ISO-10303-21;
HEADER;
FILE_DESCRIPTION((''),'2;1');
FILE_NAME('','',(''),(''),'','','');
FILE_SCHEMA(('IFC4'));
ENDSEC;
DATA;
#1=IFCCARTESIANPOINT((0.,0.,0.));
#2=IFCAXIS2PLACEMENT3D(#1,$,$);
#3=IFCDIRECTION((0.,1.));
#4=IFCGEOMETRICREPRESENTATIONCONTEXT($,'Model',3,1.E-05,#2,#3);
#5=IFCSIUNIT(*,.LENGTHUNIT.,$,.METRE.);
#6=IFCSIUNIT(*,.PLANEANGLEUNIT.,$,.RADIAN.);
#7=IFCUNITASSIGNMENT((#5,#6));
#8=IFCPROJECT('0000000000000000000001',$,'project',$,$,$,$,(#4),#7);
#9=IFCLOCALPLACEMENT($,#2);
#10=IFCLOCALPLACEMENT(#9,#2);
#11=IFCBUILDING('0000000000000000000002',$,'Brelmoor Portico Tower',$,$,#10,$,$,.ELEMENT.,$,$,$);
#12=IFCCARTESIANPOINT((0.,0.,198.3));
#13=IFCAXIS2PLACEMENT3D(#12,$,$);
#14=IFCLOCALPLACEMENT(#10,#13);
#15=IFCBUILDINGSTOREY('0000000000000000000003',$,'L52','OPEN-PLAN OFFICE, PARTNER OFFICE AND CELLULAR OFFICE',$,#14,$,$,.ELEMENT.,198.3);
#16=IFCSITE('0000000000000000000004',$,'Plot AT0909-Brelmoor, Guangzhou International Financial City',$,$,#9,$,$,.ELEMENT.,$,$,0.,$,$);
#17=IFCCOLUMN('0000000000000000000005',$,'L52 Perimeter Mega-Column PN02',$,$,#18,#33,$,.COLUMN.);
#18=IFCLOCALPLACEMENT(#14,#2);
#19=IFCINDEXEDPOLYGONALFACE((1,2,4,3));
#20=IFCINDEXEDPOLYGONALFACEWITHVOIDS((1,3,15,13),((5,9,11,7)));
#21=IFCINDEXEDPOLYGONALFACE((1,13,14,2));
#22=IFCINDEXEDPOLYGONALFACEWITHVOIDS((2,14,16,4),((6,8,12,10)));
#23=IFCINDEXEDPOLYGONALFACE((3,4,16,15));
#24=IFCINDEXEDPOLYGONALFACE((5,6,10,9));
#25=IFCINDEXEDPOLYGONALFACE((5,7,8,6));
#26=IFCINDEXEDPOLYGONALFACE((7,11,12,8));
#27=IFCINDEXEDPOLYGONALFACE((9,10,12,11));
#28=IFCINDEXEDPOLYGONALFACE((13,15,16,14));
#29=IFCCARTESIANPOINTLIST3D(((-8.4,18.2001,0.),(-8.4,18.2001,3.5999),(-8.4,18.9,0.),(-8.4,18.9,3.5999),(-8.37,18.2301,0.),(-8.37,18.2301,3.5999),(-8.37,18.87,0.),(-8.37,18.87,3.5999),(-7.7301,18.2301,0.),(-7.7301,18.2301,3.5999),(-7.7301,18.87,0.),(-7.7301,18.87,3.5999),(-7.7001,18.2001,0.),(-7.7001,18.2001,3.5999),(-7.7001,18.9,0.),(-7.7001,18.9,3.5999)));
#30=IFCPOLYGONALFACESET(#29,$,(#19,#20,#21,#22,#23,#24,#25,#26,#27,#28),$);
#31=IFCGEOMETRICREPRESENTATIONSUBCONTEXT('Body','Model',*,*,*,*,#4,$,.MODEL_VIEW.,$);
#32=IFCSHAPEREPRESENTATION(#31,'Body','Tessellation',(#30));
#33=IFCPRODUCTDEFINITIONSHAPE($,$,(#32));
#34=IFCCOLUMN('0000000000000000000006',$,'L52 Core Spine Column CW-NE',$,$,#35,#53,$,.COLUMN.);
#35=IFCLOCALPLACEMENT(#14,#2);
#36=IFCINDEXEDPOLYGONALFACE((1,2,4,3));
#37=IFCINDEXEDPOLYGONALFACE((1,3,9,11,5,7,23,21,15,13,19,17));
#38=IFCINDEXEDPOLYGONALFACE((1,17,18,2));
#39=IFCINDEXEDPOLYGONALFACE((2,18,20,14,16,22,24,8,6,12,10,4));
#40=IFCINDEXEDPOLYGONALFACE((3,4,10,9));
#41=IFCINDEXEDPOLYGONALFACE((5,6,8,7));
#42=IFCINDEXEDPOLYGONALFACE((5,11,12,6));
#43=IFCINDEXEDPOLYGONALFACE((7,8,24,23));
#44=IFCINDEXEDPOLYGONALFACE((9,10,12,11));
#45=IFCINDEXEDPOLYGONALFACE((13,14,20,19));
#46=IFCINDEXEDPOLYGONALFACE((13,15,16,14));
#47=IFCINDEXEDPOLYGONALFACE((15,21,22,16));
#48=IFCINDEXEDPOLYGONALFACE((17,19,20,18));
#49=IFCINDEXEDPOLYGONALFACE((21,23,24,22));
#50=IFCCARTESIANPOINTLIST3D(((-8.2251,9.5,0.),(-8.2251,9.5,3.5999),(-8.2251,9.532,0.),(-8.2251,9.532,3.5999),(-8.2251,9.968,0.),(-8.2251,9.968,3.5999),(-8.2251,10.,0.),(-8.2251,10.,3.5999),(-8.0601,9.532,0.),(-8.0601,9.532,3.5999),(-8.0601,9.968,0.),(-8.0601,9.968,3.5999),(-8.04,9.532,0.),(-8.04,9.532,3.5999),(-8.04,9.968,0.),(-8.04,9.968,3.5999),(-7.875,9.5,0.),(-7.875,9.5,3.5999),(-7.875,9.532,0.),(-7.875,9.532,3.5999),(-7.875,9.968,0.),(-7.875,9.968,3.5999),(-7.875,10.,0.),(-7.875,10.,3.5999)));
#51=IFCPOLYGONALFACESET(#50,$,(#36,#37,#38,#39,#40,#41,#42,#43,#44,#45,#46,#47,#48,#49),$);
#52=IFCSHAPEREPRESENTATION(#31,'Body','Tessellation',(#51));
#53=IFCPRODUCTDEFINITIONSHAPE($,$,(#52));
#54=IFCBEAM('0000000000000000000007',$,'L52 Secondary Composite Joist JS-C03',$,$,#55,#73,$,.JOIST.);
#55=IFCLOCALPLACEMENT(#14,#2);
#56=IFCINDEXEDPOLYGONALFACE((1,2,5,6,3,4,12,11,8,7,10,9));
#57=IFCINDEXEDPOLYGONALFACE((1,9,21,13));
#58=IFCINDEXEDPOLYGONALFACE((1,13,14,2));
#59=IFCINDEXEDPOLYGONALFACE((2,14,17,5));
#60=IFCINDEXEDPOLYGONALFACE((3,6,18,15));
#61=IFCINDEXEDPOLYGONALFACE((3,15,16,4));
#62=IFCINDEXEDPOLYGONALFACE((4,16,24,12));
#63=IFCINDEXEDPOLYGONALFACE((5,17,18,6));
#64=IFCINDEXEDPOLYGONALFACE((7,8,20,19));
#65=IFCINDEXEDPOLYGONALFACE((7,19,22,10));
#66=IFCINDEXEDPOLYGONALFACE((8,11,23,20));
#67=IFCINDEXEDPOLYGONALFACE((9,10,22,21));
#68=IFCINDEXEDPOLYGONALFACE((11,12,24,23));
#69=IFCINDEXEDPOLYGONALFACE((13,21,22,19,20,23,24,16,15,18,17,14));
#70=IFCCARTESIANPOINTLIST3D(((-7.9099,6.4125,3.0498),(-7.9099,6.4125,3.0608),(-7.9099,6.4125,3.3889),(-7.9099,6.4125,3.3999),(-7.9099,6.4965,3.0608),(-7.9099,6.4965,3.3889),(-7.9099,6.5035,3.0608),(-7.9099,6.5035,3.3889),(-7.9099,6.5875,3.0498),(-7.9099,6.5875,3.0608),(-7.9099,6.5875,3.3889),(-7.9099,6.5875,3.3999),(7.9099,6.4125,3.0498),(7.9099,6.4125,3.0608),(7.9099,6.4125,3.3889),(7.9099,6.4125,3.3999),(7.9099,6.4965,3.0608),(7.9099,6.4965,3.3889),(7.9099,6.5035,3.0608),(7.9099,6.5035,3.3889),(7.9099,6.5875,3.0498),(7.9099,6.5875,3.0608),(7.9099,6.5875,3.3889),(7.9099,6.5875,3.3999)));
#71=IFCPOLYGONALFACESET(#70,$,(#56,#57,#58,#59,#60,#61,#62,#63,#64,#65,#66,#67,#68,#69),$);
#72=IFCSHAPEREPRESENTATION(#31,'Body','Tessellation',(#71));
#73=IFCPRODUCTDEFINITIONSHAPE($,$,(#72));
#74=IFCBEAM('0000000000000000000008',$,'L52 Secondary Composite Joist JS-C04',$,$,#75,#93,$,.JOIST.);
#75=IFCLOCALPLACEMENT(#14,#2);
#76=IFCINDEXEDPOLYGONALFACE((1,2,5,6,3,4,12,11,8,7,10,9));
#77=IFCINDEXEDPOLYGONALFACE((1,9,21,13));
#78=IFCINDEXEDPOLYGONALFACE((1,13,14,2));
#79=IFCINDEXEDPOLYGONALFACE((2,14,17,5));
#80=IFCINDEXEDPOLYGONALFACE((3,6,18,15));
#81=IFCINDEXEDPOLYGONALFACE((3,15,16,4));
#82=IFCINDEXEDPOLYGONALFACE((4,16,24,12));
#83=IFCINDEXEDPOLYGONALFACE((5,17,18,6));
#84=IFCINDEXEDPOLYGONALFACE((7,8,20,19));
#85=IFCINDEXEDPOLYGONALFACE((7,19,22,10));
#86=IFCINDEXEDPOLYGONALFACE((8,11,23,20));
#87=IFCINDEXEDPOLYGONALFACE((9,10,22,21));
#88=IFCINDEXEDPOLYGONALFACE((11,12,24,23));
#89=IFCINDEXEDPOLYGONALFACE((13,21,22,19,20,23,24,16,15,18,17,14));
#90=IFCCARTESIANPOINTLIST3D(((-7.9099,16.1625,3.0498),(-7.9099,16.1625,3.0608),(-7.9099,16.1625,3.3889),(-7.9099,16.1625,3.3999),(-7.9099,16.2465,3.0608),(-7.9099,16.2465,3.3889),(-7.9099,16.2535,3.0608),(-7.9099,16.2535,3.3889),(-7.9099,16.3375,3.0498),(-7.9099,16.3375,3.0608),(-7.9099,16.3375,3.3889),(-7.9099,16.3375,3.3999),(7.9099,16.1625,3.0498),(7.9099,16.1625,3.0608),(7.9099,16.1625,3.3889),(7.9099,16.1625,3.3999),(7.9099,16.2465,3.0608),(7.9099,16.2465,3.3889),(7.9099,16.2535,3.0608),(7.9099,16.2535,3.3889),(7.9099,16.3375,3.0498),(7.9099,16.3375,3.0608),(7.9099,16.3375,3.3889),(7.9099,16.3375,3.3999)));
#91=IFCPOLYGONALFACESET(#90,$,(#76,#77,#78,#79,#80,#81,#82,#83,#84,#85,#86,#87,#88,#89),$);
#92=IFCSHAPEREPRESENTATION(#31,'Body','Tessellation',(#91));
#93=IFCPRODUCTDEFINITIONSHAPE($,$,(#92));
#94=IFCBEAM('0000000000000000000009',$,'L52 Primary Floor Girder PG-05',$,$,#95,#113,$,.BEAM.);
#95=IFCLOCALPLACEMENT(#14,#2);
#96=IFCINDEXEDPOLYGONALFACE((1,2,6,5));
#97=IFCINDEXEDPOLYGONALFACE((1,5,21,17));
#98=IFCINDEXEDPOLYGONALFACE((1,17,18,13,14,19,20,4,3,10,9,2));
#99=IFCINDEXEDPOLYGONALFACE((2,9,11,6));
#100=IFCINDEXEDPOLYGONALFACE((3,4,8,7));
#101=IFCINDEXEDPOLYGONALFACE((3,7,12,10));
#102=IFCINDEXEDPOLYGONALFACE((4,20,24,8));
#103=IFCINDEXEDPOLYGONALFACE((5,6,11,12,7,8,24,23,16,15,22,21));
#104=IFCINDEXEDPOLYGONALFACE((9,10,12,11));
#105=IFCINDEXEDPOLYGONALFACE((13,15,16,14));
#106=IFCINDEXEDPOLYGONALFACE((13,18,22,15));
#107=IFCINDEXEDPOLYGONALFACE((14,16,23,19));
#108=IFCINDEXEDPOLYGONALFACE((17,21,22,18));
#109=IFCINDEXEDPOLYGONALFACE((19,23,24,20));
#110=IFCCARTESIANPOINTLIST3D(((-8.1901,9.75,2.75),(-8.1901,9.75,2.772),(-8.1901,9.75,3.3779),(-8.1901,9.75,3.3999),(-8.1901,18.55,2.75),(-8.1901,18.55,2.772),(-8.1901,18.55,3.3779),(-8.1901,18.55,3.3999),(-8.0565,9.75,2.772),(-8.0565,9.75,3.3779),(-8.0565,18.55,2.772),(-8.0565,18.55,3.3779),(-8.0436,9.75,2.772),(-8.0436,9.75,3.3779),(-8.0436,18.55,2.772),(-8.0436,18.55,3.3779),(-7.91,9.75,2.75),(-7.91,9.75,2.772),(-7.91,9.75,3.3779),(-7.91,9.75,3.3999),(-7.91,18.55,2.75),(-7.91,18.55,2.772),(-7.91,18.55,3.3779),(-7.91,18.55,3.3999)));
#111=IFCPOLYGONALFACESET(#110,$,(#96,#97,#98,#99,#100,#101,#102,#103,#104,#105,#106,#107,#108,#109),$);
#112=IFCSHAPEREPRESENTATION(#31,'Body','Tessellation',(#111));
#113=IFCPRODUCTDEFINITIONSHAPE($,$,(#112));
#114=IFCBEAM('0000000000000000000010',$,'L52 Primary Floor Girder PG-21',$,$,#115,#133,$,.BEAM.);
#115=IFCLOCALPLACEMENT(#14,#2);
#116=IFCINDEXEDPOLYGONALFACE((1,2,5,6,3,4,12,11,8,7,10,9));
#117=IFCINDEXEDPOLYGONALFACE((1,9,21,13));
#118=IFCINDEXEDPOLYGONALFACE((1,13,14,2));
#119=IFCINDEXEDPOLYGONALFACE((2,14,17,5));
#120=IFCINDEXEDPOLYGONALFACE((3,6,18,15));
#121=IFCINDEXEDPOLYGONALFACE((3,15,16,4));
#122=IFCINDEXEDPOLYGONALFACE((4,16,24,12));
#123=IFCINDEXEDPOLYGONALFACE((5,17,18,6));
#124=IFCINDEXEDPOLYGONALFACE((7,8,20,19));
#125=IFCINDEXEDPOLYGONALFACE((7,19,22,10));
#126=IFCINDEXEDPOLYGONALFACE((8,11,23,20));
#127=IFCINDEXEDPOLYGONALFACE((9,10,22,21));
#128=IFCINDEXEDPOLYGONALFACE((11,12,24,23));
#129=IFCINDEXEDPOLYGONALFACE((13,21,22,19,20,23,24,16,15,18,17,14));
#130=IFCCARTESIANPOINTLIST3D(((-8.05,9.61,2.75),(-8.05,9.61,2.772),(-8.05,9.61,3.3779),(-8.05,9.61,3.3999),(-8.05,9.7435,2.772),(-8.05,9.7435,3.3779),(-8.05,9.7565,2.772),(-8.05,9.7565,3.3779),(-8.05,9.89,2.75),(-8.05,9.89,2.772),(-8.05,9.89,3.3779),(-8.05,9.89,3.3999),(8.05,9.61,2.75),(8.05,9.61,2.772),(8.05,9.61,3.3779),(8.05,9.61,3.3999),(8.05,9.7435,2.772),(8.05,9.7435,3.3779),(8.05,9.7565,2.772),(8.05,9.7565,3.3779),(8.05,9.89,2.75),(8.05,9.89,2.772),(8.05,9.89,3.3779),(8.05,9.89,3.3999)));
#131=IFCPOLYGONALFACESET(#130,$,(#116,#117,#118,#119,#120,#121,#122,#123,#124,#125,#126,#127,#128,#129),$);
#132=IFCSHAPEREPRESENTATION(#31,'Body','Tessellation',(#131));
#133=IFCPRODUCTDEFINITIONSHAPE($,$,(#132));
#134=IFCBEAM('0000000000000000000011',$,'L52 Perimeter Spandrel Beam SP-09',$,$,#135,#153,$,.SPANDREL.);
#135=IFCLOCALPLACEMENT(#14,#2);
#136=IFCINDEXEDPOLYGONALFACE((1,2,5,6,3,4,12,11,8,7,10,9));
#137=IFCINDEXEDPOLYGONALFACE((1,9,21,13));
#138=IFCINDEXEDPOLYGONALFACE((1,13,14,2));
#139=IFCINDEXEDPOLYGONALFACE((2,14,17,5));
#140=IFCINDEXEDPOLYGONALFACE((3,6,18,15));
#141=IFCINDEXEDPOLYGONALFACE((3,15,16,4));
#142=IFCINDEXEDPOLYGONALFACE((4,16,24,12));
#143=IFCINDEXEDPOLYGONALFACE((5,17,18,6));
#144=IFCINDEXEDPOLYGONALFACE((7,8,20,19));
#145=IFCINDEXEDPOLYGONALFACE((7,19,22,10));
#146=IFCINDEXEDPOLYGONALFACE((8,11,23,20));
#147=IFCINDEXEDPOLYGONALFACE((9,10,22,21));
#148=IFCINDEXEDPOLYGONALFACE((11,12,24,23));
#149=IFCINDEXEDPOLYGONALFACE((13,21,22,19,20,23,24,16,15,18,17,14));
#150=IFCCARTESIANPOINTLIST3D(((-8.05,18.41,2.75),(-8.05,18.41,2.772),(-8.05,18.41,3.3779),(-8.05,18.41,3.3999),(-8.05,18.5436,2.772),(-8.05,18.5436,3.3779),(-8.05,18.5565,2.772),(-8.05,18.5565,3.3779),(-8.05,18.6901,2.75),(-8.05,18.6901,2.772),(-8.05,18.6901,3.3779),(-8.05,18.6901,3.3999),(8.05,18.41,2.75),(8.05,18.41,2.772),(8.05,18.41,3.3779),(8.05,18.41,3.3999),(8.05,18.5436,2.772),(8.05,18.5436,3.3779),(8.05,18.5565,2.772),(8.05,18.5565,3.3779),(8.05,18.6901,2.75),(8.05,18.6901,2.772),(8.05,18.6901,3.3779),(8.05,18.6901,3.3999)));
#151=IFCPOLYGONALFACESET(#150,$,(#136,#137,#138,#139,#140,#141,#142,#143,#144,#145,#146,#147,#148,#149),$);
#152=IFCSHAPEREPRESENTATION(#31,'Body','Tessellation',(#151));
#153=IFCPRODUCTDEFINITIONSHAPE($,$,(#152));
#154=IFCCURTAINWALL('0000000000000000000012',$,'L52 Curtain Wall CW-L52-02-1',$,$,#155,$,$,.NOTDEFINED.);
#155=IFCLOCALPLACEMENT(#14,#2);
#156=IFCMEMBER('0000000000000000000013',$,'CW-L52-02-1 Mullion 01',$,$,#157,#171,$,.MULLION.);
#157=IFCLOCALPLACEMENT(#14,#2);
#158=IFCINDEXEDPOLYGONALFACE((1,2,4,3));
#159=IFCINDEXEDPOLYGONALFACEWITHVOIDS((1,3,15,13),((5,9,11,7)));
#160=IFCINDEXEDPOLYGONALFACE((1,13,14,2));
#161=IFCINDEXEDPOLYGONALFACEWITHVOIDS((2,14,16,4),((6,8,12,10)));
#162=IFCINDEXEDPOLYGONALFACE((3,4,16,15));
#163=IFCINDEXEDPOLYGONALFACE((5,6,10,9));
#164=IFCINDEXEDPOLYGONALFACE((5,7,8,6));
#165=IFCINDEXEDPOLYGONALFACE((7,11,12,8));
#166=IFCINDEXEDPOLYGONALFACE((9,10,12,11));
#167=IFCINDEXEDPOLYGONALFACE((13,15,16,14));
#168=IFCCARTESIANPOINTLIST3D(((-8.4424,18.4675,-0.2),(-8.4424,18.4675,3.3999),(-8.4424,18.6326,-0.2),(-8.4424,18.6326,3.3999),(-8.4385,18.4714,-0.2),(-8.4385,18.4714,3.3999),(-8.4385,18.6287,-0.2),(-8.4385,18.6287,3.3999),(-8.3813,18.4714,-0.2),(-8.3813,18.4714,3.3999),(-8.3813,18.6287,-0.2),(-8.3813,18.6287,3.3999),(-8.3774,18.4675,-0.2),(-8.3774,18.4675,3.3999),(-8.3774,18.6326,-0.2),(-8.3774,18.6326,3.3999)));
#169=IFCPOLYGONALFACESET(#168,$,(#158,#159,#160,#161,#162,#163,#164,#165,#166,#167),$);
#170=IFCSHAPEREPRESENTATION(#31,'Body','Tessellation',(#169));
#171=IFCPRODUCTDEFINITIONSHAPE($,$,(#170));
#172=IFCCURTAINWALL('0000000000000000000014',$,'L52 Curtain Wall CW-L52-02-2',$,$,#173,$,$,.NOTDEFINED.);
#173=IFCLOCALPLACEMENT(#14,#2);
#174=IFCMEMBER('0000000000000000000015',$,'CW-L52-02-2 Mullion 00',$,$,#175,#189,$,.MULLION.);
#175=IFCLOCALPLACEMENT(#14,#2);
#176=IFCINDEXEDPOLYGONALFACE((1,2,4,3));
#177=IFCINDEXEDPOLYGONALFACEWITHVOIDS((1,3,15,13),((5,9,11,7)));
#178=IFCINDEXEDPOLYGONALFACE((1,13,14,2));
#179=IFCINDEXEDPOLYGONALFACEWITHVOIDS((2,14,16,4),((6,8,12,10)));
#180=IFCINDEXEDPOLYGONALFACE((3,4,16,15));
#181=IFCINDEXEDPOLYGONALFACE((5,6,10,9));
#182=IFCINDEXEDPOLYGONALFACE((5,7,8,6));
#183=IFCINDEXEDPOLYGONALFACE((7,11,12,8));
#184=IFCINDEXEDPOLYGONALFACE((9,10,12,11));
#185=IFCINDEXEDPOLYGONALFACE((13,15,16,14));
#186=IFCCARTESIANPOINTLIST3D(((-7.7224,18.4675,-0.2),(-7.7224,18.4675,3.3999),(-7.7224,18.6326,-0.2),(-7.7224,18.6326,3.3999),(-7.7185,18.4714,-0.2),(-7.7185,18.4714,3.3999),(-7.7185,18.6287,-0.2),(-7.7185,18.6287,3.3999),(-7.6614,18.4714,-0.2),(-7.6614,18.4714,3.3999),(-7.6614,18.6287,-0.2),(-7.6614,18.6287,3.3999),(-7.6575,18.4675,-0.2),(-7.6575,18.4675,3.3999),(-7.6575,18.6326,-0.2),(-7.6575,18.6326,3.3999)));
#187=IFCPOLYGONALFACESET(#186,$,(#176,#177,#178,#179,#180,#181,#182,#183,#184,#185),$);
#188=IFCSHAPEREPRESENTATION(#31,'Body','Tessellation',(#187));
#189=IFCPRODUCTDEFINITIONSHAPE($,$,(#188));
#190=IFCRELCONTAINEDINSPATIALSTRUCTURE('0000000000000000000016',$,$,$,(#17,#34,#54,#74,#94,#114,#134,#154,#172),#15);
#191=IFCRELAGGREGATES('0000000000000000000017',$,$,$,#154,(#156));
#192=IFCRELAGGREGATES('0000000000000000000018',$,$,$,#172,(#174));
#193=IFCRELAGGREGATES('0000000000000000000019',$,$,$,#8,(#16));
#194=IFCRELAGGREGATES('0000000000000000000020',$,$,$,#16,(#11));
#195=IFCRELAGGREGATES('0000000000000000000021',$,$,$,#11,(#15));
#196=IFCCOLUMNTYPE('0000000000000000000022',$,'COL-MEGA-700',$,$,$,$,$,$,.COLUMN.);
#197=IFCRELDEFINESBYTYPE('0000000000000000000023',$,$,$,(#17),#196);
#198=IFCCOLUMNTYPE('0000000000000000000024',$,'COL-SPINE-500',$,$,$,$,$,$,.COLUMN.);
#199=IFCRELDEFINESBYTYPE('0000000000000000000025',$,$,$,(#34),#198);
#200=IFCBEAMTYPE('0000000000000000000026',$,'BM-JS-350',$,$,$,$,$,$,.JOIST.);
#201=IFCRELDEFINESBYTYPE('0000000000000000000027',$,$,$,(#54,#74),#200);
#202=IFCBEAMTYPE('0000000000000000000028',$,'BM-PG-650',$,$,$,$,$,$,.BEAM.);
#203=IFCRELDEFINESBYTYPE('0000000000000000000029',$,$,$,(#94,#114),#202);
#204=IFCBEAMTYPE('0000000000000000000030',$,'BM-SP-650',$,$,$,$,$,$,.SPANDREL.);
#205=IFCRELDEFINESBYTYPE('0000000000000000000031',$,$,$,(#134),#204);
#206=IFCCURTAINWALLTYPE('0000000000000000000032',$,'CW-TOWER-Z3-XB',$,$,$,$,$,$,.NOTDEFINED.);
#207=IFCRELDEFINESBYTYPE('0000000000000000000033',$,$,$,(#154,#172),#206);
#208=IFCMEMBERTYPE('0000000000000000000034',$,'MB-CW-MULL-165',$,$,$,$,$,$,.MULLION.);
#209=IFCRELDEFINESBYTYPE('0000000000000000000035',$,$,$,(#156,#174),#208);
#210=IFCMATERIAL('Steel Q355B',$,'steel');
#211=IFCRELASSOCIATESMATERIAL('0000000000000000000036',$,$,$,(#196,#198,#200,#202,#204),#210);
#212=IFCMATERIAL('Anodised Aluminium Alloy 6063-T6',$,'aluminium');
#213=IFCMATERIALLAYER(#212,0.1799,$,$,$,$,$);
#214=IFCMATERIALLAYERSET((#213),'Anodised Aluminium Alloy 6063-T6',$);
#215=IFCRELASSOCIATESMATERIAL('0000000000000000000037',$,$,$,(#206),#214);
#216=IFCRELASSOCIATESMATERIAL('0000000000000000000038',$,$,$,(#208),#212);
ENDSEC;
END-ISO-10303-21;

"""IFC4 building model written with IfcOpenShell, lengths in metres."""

from ifc_helpers import new_model, si_unit, direction, frame, origin, origin_2d, place, context, subcontext, project, spatial, hollow_rectangle, i_section, extrude, material, layer, layer_set, material_profile, profile_set, type_object, element, aggregate, save


model = new_model("IFC4")

# Units and contexts
model_context = context("Model", 3, precision=1e-05, world=origin(), true_north=direction((0.0, 1.0)))
body_context = subcontext(model_context, "Body", "Model", "MODEL_VIEW")
ifc_project = project(units=[si_unit("LENGTHUNIT", "METRE"), si_unit("PLANEANGLEUNIT", "RADIAN")], contexts=[model_context])

# Site, building, storey
site_placement = place(None, origin())
site = spatial("IfcSite", under=ifc_project, at=site_placement, Name="Plot AT0909-Brelmoor, Guangzhou International Financial City", CompositionType="ELEMENT", RefElevation=0.0)
building_placement = place(site_placement, origin())
building = spatial("IfcBuilding", under=site, at=building_placement, Name="Brelmoor Portico Tower", CompositionType="ELEMENT")
storey_placement = place(building_placement, frame((0.0, 0.0, 198.3)))
storey = spatial("IfcBuildingStorey", under=building, at=storey_placement, Name="L52", Description="OPEN-PLAN OFFICE, PARTNER OFFICE AND CELLULAR OFFICE", CompositionType="ELEMENT", Elevation=198.3)

# Columns
ifc_material_1 = material(Name="Steel Q355B", Category="steel")
ifc_material_profile_1 = material_profile(ifc_material_1, hollow_rectangle(XDim=0.7, YDim=0.7, WallThickness=0.03, at=origin_2d()), Name="BOX 700x700x30")
ifc_profile_set_1 = profile_set([ifc_material_profile_1], Name="Steel Q355B")
column_type_1 = type_object("IfcColumnType", Name="COL-MEGA-700", PredefinedType="COLUMN", material=ifc_profile_set_1)
column_1_placement = place(storey_placement, frame((-8.05, 18.55, 0.0), z_axis=(0.0, 0.0, 1.0), x_axis=(1.0, 0.0, 0.0)))
element("IfcColumn", 1, at=column_1_placement, inside=storey, type_object=column_type_1, Name="L52 Perimeter Mega-Column PN02", PredefinedType="COLUMN", context=body_context, shape_type="SweptSolid", body=[
    extrude(hollow_rectangle(XDim=0.7, YDim=0.7, WallThickness=0.03, at=origin_2d()), origin(), (0.0, 0.0, 1.0), 3.5999),
])
ifc_material_profile_2 = material_profile(ifc_material_1, i_section(OverallWidth=0.3501, OverallDepth=0.5, WebThickness=0.02, FlangeThickness=0.032, at=origin_2d()), Name="HW 500x350x20x32")
ifc_profile_set_2 = profile_set([ifc_material_profile_2], Name="Steel Q355B")
column_type_2 = type_object("IfcColumnType", Name="COL-SPINE-500", PredefinedType="COLUMN", material=ifc_profile_set_2)
column_2_placement = place(storey_placement, frame((-8.05, 9.75, 0.0), z_axis=(0.0, 0.0, 1.0), x_axis=(1.0, 0.0, 0.0)))
element("IfcColumn", 2, at=column_2_placement, inside=storey, type_object=column_type_2, Name="L52 Core Spine Column CW-NE", PredefinedType="COLUMN", context=body_context, shape_type="SweptSolid", body=[
    extrude(i_section(OverallWidth=0.3501, OverallDepth=0.5, WebThickness=0.02, FlangeThickness=0.032, at=origin_2d()), origin(), (0.0, 0.0, 1.0), 3.5999),
])

# Beams
ifc_material_profile_3 = material_profile(ifc_material_1, i_section(OverallWidth=0.175, OverallDepth=0.3501, WebThickness=0.0071, FlangeThickness=0.011, at=origin_2d()), Name="HN 350x175x7x11")
ifc_profile_set_3 = profile_set([ifc_material_profile_3], Name="Steel Q355B")
beam_type_1 = type_object("IfcBeamType", Name="BM-JS-350", PredefinedType="JOIST", material=ifc_profile_set_3)
for number, where, z_axis, x_axis, name in (
    (3, (-7.9099, 6.5, 3.2249), (1.0, 0.0, 0.0), (0.0, 1.0, 0.0), "L52 Secondary Composite Joist JS-C03"),
    (4, (-7.9099, 16.25, 3.2249), (1.0, 0.0, 0.0), (0.0, 1.0, 0.0), "L52 Secondary Composite Joist JS-C04"),
):
    element("IfcBeam", number, at=place(storey_placement, frame(where, z_axis=z_axis, x_axis=x_axis)), inside=storey, type_object=beam_type_1, Name=name, PredefinedType="JOIST", context=body_context, shape_type="SweptSolid", body=[
        extrude(i_section(OverallWidth=0.175, OverallDepth=0.3501, WebThickness=0.0071, FlangeThickness=0.011, at=origin_2d()), origin(), (0.0, 0.0, 1.0), 15.8198),
    ])
ifc_material_profile_4 = material_profile(ifc_material_1, i_section(OverallWidth=0.28, OverallDepth=0.6499, WebThickness=0.0129, FlangeThickness=0.022, at=origin_2d()), Name="HN 650x280x13x22")
ifc_profile_set_4 = profile_set([ifc_material_profile_4], Name="Steel Q355B")
beam_type_2 = type_object("IfcBeamType", Name="BM-PG-650", PredefinedType="BEAM", material=ifc_profile_set_4)
beam_1_placement = place(storey_placement, frame((-8.05, 9.75, 3.075), z_axis=(0.0, 1.0, 0.0), x_axis=(-1.0, 0.0, 0.0)))
element("IfcBeam", 5, at=beam_1_placement, inside=storey, type_object=beam_type_2, Name="L52 Primary Floor Girder PG-05", PredefinedType="BEAM", context=body_context, shape_type="SweptSolid", body=[
    extrude(i_section(OverallWidth=0.28, OverallDepth=0.6499, WebThickness=0.0129, FlangeThickness=0.022, at=origin_2d()), origin(), (0.0, 0.0, 1.0), 8.8),
])
beam_2_placement = place(storey_placement, frame((-8.05, 9.75, 3.075), z_axis=(1.0, 0.0, 0.0), x_axis=(0.0, 1.0, 0.0)))
element("IfcBeam", 6, at=beam_2_placement, inside=storey, type_object=beam_type_2, Name="L52 Primary Floor Girder PG-21", PredefinedType="BEAM", context=body_context, shape_type="SweptSolid", body=[
    extrude(i_section(OverallWidth=0.28, OverallDepth=0.6499, WebThickness=0.0129, FlangeThickness=0.022, at=origin_2d()), origin(), (0.0, 0.0, 1.0), 16.1001),
])
ifc_material_profile_5 = material_profile(ifc_material_1, i_section(OverallWidth=0.28, OverallDepth=0.6499, WebThickness=0.0129, FlangeThickness=0.022, at=origin_2d()), Name="HN 650x280x13x22")
ifc_profile_set_5 = profile_set([ifc_material_profile_5], Name="Steel Q355B")
beam_type_3 = type_object("IfcBeamType", Name="BM-SP-650", PredefinedType="SPANDREL", material=ifc_profile_set_5)
beam_3_placement = place(storey_placement, frame((-8.05, 18.55, 3.075), z_axis=(1.0, 0.0, 0.0), x_axis=(0.0, 1.0, 0.0)))
element("IfcBeam", 7, at=beam_3_placement, inside=storey, type_object=beam_type_3, Name="L52 Perimeter Spandrel Beam SP-09", PredefinedType="SPANDREL", context=body_context, shape_type="SweptSolid", body=[
    extrude(i_section(OverallWidth=0.28, OverallDepth=0.6499, WebThickness=0.0129, FlangeThickness=0.022, at=origin_2d()), origin(), (0.0, 0.0, 1.0), 16.1001),
])

# Curtain wall, member
ifc_material_2 = material(Name="Anodised Aluminium Alloy 6063-T6", Category="aluminium")
ifc_layer_1 = layer(ifc_material_2, 0.1799)
ifc_layer_set_1 = layer_set([ifc_layer_1], Name="Anodised Aluminium Alloy 6063-T6")
curtain_wall_type = type_object("IfcCurtainWallType", Name="CW-TOWER-Z3-XB", PredefinedType="NOTDEFINED", material=ifc_layer_set_1)
curtain_wall_1_placement = place(storey_placement, origin())
curtain_wall_1 = element("IfcCurtainWall", 8, at=curtain_wall_1_placement, inside=storey, type_object=curtain_wall_type, Name="L52 Curtain Wall CW-L52-02-1", PredefinedType="NOTDEFINED")
ifc_material_profile_6 = material_profile(ifc_material_2, hollow_rectangle(XDim=0.0649, YDim=0.165, WallThickness=0.0039, at=origin_2d()), Name="ALU MULLION 65x165")
ifc_profile_set_6 = profile_set([ifc_material_profile_6], Name="Anodised Aluminium Alloy 6063-T6")
member_type_1 = type_object("IfcMemberType", Name="MB-CW-MULL-165", PredefinedType="MULLION", material=ifc_profile_set_6)
member_1_placement = place(storey_placement, frame((-8.4099, 18.55, -0.2), z_axis=(0.0, 0.0, 1.0), x_axis=(1.0, 0.0, 0.0)))
member_1 = element("IfcMember", 9, at=member_1_placement, type_object=member_type_1, Name="CW-L52-02-1 Mullion 01", PredefinedType="MULLION", context=body_context, shape_type="SweptSolid", body=[
    extrude(hollow_rectangle(XDim=0.0649, YDim=0.165, WallThickness=0.0039, at=origin_2d()), origin(), (0.0, 0.0, 1.0), 3.5999),
])

# Curtain wall, member
curtain_wall_2_placement = place(storey_placement, origin())
curtain_wall_2 = element("IfcCurtainWall", 10, at=curtain_wall_2_placement, inside=storey, type_object=curtain_wall_type, Name="L52 Curtain Wall CW-L52-02-2", PredefinedType="NOTDEFINED")
member_2_placement = place(storey_placement, frame((-7.6899, 18.55, -0.2), z_axis=(0.0, 0.0, 1.0), x_axis=(1.0, 0.0, 0.0)))
member_2 = element("IfcMember", 11, at=member_2_placement, type_object=member_type_1, Name="CW-L52-02-2 Mullion 00", PredefinedType="MULLION", context=body_context, shape_type="SweptSolid", body=[
    extrude(hollow_rectangle(XDim=0.0649, YDim=0.165, WallThickness=0.0039, at=origin_2d()), origin(), (0.0, 0.0, 1.0), 3.5999),
])

aggregate(curtain_wall_1, [member_1])
aggregate(curtain_wall_2, [member_2])

save(model, "model.ifc")
